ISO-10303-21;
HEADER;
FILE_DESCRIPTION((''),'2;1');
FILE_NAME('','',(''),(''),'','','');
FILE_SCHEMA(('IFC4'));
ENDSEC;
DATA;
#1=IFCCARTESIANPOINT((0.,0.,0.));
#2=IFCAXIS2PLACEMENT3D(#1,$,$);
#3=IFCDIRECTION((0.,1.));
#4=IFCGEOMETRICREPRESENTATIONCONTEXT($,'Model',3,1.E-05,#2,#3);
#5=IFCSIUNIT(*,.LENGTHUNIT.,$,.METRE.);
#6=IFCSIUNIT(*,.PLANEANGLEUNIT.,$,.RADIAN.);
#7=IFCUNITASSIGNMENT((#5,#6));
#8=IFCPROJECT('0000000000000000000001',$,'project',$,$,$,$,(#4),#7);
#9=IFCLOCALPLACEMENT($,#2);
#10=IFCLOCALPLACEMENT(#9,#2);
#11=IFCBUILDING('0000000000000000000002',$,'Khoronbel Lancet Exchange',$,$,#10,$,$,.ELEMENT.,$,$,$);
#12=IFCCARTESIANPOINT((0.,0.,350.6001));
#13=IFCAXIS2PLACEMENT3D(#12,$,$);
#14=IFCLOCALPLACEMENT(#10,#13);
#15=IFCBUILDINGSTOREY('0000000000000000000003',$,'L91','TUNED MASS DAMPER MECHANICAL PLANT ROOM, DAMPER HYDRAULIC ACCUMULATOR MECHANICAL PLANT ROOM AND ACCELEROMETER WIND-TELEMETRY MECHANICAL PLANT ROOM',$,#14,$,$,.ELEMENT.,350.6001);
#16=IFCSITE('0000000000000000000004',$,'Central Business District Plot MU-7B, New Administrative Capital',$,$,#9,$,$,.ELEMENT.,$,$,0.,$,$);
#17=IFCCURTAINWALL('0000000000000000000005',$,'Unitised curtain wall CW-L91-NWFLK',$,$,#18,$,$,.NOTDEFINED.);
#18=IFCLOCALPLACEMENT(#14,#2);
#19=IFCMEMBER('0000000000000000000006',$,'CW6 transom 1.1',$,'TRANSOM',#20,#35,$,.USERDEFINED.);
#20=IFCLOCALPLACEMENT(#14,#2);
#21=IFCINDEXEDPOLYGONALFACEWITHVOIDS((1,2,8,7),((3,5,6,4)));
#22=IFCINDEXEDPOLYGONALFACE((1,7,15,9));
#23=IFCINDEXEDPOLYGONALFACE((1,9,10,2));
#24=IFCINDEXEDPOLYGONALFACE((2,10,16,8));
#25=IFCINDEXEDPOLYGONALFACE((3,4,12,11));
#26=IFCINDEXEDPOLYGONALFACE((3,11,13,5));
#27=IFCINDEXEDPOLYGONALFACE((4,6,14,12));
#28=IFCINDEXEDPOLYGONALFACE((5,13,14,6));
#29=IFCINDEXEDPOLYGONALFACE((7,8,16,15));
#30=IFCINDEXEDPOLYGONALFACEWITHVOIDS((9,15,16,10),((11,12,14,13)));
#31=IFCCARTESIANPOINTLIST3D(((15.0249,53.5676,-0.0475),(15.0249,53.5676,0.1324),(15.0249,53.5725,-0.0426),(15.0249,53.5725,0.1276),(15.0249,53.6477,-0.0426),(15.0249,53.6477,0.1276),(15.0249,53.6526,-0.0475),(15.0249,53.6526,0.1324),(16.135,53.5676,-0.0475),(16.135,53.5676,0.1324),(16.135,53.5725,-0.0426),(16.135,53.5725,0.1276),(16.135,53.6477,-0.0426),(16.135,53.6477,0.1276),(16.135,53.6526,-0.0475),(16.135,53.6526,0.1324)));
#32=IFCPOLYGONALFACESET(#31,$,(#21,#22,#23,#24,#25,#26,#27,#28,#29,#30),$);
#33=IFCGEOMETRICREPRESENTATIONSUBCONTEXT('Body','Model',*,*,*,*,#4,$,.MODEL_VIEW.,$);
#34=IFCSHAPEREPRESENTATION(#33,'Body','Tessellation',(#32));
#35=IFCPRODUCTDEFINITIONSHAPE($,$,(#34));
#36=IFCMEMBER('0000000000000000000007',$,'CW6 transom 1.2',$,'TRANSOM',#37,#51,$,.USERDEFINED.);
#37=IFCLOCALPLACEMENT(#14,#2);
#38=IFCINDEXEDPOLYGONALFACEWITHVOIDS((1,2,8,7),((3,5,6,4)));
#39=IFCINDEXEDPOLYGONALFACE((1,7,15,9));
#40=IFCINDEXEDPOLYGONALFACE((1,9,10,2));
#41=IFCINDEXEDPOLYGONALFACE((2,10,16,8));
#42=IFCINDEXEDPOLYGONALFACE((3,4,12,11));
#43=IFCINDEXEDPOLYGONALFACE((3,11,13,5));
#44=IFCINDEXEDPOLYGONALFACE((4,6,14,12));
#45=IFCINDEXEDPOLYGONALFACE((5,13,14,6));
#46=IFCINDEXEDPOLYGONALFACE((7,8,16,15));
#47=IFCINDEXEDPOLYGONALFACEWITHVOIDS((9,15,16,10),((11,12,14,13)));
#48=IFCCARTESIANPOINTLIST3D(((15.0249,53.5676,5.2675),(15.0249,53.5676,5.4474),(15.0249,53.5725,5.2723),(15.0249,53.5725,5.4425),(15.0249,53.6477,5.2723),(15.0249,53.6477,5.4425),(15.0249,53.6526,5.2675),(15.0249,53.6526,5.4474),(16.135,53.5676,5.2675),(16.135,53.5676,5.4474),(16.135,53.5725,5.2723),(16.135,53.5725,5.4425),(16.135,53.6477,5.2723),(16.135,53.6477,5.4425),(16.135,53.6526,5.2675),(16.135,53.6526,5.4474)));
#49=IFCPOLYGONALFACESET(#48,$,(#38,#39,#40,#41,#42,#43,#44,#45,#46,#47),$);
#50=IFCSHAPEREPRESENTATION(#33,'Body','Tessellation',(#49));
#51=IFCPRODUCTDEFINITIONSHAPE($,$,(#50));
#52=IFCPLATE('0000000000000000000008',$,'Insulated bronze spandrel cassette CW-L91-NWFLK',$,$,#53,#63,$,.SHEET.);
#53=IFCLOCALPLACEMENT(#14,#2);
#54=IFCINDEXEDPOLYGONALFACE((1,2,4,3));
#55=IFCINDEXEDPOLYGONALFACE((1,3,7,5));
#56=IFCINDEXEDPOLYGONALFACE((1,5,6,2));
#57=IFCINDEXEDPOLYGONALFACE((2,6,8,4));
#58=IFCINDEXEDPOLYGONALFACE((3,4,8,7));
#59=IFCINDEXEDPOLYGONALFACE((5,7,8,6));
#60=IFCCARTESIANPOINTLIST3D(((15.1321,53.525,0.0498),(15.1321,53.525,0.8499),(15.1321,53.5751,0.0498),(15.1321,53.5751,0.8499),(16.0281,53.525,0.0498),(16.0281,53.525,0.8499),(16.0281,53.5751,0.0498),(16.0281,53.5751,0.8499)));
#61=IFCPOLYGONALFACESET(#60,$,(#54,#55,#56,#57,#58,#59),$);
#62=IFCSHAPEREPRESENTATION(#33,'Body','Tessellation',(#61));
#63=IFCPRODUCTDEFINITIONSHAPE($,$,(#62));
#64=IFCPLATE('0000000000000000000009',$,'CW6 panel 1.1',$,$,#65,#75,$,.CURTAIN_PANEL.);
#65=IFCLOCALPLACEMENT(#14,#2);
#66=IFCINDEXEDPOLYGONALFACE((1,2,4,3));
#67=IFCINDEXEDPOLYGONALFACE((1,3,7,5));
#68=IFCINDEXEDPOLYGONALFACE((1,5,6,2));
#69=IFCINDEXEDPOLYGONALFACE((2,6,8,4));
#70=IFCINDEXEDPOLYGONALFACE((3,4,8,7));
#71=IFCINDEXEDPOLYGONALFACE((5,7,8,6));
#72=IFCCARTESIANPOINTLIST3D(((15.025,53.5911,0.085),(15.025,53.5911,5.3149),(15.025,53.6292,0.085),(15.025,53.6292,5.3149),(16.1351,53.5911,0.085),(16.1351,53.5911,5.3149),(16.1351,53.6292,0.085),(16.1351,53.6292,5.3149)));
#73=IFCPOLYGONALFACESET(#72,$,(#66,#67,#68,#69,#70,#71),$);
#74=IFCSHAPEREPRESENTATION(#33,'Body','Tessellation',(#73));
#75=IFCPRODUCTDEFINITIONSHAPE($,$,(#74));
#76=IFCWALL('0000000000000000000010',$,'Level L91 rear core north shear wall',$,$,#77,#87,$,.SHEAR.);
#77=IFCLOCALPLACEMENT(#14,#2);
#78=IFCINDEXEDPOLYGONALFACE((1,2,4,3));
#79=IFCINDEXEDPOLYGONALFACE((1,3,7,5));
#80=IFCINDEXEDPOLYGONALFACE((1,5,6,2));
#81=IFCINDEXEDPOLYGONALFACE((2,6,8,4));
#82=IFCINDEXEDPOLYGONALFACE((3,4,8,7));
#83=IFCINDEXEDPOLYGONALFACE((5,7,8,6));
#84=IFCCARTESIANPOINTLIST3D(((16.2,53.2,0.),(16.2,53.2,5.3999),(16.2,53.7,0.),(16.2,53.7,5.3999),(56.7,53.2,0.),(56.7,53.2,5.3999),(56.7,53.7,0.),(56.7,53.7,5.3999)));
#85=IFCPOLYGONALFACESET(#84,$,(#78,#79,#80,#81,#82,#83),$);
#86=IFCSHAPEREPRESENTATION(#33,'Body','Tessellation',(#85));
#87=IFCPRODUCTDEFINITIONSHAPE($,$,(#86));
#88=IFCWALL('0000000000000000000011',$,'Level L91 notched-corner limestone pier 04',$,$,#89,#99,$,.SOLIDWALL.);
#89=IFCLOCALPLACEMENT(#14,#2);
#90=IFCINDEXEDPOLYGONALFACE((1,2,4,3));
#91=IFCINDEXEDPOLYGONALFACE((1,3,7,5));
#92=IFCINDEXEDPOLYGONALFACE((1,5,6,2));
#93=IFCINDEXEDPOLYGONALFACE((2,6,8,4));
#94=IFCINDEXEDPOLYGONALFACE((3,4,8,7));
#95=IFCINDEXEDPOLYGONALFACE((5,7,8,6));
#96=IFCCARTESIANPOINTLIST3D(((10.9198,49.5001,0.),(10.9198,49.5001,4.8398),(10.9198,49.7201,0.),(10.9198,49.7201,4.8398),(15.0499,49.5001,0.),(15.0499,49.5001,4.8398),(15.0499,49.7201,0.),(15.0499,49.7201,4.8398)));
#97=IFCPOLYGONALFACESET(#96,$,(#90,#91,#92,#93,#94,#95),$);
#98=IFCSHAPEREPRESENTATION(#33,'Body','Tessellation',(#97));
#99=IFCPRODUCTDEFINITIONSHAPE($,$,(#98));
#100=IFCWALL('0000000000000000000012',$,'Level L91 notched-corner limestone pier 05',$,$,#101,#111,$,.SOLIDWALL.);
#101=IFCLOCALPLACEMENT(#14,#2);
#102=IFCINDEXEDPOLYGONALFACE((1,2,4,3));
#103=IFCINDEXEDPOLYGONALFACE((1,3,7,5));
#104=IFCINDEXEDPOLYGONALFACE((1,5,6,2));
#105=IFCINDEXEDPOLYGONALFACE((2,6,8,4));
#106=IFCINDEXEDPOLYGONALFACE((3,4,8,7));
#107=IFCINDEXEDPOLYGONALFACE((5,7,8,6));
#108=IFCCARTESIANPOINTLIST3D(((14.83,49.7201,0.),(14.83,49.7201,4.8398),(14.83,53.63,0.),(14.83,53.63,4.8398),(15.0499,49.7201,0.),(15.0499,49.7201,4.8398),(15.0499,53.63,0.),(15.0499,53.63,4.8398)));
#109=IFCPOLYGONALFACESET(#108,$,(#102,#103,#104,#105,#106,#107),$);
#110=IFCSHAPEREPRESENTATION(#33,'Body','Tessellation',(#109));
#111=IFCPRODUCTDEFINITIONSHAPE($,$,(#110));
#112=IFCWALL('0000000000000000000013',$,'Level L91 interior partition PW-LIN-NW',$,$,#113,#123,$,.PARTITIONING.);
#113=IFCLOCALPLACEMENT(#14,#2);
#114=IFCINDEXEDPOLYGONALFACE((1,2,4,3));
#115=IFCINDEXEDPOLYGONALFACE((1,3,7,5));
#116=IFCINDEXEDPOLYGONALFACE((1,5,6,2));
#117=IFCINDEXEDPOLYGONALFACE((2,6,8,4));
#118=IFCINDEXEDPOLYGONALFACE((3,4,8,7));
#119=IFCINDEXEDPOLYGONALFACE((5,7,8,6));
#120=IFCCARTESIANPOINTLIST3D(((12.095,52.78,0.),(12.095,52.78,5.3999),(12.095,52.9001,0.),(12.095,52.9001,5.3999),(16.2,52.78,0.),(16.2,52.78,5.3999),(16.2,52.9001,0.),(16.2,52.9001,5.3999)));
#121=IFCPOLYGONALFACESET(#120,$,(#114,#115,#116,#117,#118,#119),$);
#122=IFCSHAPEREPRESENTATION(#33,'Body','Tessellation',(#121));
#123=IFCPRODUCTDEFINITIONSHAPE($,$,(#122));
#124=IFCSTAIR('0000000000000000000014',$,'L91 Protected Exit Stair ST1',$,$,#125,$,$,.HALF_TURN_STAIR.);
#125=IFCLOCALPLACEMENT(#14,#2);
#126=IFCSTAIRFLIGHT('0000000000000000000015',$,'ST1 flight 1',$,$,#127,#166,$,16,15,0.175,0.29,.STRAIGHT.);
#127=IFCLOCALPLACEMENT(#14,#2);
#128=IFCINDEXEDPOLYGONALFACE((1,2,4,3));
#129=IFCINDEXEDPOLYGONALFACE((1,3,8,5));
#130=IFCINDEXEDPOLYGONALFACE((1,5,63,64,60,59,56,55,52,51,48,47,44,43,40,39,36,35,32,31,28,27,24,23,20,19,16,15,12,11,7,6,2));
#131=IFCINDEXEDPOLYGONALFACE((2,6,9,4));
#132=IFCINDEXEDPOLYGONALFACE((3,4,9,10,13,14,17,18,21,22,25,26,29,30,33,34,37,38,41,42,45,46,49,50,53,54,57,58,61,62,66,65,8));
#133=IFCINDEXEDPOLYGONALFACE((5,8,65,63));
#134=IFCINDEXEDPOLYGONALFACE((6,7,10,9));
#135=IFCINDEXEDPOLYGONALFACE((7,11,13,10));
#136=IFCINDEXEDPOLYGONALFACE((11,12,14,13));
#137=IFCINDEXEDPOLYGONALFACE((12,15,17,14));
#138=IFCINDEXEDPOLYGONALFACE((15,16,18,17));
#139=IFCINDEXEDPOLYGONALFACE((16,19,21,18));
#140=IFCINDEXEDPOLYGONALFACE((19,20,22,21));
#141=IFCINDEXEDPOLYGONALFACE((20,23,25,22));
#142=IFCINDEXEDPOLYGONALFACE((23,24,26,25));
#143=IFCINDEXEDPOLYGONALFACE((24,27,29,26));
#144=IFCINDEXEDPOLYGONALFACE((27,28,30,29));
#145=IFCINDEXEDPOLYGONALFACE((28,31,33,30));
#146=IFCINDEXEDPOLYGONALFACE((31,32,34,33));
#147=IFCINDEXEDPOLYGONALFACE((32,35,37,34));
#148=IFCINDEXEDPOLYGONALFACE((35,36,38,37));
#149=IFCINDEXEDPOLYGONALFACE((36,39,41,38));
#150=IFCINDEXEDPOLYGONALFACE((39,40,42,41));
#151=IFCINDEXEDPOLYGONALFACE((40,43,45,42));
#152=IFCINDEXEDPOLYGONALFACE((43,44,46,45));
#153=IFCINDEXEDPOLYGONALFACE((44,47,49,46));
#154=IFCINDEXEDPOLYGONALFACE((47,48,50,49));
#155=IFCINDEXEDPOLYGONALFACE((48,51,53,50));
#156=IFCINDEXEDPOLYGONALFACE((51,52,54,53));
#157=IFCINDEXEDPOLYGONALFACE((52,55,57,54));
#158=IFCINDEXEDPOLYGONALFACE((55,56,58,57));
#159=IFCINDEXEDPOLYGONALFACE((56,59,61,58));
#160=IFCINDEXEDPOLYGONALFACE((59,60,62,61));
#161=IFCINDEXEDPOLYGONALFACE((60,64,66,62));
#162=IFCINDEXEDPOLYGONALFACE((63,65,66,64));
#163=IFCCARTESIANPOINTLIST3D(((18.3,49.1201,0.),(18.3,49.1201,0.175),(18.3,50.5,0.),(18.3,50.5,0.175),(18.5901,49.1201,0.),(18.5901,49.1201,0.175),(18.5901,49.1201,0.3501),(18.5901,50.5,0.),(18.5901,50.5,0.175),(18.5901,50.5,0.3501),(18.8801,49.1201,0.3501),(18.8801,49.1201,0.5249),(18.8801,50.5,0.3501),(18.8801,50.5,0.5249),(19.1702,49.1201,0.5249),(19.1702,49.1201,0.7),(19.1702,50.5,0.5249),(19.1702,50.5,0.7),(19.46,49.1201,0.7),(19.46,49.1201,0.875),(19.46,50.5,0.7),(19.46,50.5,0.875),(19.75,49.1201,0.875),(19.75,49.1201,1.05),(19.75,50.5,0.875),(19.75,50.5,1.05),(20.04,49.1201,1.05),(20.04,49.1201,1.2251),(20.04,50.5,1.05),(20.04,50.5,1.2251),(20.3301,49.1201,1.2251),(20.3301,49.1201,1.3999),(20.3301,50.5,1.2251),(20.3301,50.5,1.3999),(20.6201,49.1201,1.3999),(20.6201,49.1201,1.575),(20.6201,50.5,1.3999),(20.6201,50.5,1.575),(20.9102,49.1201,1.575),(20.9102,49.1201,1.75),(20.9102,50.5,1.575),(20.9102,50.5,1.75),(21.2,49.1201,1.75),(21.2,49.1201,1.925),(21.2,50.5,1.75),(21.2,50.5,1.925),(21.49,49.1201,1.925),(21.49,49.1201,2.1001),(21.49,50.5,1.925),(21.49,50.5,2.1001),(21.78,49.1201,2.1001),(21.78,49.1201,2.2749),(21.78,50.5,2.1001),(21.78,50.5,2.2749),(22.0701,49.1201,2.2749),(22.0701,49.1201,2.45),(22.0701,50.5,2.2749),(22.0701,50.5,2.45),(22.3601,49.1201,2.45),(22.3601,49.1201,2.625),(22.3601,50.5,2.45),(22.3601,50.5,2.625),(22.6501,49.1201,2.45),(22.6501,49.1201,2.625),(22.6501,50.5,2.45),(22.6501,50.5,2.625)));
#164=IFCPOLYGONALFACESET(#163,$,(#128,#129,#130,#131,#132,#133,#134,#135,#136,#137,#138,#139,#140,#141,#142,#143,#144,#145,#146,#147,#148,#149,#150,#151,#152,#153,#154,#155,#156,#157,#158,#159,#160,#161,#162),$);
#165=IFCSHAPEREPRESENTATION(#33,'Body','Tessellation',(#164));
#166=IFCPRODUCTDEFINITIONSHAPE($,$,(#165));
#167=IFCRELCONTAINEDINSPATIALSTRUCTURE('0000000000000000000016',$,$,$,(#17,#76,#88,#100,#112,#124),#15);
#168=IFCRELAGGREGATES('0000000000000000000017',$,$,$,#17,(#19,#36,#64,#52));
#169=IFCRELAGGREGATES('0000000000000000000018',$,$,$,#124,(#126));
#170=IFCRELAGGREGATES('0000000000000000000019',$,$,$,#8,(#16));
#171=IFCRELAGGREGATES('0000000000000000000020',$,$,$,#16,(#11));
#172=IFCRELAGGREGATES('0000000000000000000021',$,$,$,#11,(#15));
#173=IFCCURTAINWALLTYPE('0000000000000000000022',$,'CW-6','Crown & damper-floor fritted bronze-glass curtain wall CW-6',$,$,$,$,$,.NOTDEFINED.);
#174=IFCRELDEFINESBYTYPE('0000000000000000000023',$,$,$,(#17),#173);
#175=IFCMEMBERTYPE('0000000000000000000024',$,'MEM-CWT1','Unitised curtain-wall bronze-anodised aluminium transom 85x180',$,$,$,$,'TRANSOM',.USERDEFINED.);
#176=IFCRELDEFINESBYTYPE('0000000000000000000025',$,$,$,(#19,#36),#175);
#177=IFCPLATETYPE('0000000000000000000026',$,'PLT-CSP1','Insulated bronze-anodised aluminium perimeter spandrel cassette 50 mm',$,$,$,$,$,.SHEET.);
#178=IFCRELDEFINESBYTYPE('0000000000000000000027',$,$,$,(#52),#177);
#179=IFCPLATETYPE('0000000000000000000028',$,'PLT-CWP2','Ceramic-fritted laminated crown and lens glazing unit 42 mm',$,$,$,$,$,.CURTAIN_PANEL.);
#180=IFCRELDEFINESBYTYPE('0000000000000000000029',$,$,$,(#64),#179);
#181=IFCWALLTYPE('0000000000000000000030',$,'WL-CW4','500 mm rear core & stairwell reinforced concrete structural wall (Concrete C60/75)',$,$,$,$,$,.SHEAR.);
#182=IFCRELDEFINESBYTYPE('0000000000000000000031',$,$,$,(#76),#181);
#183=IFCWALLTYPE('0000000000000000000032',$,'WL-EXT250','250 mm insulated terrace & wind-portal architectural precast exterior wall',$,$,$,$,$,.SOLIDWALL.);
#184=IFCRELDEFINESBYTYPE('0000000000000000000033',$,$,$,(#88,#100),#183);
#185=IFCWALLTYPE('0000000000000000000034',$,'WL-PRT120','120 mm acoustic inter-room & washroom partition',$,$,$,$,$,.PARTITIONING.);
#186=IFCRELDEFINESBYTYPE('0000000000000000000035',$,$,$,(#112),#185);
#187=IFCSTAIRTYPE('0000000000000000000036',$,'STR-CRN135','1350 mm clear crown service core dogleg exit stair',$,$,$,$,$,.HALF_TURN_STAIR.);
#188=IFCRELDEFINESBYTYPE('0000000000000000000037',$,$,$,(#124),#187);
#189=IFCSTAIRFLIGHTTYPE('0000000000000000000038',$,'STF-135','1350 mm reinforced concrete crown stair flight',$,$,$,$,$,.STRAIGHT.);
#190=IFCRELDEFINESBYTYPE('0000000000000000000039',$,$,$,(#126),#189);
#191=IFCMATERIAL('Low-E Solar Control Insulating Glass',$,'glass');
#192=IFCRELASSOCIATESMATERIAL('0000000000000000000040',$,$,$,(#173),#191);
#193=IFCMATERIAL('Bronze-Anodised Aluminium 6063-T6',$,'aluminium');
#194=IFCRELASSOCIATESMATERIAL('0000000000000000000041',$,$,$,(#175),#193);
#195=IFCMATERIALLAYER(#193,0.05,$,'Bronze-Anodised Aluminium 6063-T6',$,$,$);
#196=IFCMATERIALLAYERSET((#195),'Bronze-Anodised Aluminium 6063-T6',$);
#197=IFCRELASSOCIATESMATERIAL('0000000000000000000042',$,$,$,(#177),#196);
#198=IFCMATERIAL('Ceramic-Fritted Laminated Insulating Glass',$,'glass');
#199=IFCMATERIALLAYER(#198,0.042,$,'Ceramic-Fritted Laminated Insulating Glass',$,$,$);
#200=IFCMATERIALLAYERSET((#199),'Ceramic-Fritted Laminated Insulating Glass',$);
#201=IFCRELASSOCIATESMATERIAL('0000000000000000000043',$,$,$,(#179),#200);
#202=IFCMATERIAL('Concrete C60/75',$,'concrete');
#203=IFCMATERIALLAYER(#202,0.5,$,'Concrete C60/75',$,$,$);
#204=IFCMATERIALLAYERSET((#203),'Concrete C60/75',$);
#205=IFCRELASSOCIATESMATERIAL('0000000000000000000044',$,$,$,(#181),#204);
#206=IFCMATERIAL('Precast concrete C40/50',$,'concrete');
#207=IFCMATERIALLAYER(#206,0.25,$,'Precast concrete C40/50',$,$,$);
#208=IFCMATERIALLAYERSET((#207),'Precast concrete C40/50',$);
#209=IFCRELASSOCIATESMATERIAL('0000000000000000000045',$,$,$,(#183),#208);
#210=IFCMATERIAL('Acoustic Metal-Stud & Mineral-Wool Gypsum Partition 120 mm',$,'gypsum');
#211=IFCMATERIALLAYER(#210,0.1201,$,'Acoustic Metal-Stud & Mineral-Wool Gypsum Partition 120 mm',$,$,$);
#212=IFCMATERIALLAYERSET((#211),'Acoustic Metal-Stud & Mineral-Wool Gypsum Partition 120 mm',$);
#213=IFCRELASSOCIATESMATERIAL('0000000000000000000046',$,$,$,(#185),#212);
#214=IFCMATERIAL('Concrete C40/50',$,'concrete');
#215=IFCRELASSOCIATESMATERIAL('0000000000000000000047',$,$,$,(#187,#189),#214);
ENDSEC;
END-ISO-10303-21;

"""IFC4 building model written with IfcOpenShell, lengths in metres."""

from ifc_helpers import new_model, si_unit, direction, frame, frame_2d, origin, origin_2d, place, context, subcontext, project, spatial, polyline, rectangle, hollow_rectangle, outline, extrude, material, layer, layer_set, material_profile, profile_set, type_object, element, aggregate, save


model = new_model("IFC4")

# Units and contexts
model_context = context("Model", 3, precision=1e-05, world=origin(), true_north=direction((0.0, 1.0)))
body_context = subcontext(model_context, "Body", "Model", "MODEL_VIEW")
ifc_project = project(units=[si_unit("LENGTHUNIT", "METRE"), si_unit("PLANEANGLEUNIT", "RADIAN")], contexts=[model_context])

# Site, building, storey
site_placement = place(None, origin())
site = spatial("IfcSite", under=ifc_project, at=site_placement, Name="Central Business District Plot MU-7B, New Administrative Capital", CompositionType="ELEMENT", RefElevation=0.0)
building_placement = place(site_placement, origin())
building = spatial("IfcBuilding", under=site, at=building_placement, Name="Khoronbel Lancet Exchange", CompositionType="ELEMENT")
storey_placement = place(building_placement, frame((0.0, 0.0, 350.6001)))
storey = spatial("IfcBuildingStorey", under=building, at=storey_placement, Name="L91", Description="TUNED MASS DAMPER MECHANICAL PLANT ROOM, DAMPER HYDRAULIC ACCUMULATOR MECHANICAL PLANT ROOM AND ACCELEROMETER WIND-TELEMETRY MECHANICAL PLANT ROOM", CompositionType="ELEMENT", Elevation=350.6001)

# Curtain wall
ifc_material_1 = material(Name="Low-E Solar Control Insulating Glass", Category="glass")
curtain_wall_type = type_object("IfcCurtainWallType", Name="CW-6", Description="Crown & damper-floor fritted bronze-glass curtain wall CW-6", PredefinedType="NOTDEFINED", material=ifc_material_1)
curtain_wall_1_placement = place(storey_placement, origin())
curtain_wall_1 = element("IfcCurtainWall", 1, at=curtain_wall_1_placement, inside=storey, type_object=curtain_wall_type, Name="Unitised curtain wall CW-L91-NWFLK", PredefinedType="NOTDEFINED")
ifc_material_2 = material(Name="Bronze-Anodised Aluminium 6063-T6", Category="aluminium")

# Members
ifc_material_profile_1 = material_profile(ifc_material_2, hollow_rectangle(XDim=0.085, YDim=0.1799, WallThickness=0.0049, at=origin_2d()), Name="ALU TRANSOM 85x180")
ifc_profile_set_1 = profile_set([ifc_material_profile_1], Name="Bronze-Anodised Aluminium 6063-T6")
member_type_1 = type_object("IfcMemberType", Name="MEM-CWT1", Description="Unitised curtain-wall bronze-anodised aluminium transom 85x180", ElementType="TRANSOM", PredefinedType="USERDEFINED", material=ifc_profile_set_1)
member_1_placement = place(storey_placement, frame((16.135, 53.6101, 0.0425), z_axis=(-1.0, 0.0, 0.0), x_axis=(0.0, -1.0, 0.0)))
member_1 = element("IfcMember", 2, at=member_1_placement, type_object=member_type_1, Name="CW6 transom 1.1", ObjectType="TRANSOM", PredefinedType="USERDEFINED", context=body_context, shape_type="SweptSolid", body=[
    extrude(hollow_rectangle(XDim=0.085, YDim=0.1799, WallThickness=0.0049, at=origin_2d()), origin(), (0.0, 0.0, 1.0), 1.1101),
])
member_2_placement = place(storey_placement, frame((16.135, 53.6101, 5.3574), z_axis=(-1.0, 0.0, 0.0), x_axis=(0.0, -1.0, 0.0)))
member_2 = element("IfcMember", 3, at=member_2_placement, type_object=member_type_1, Name="CW6 transom 1.2", ObjectType="TRANSOM", PredefinedType="USERDEFINED", context=body_context, shape_type="SweptSolid", body=[
    extrude(hollow_rectangle(XDim=0.085, YDim=0.1799, WallThickness=0.0049, at=origin_2d()), origin(), (0.0, 0.0, 1.0), 1.1101),
])

# Plates
ifc_layer_1 = layer(ifc_material_2, 0.05, Name="Bronze-Anodised Aluminium 6063-T6")
ifc_layer_set_1 = layer_set([ifc_layer_1], Name="Bronze-Anodised Aluminium 6063-T6")
plate_type_1 = type_object("IfcPlateType", Name="PLT-CSP1", Description="Insulated bronze-anodised aluminium perimeter spandrel cassette 50 mm", PredefinedType="SHEET", material=ifc_layer_set_1)
plate_1_placement = place(storey_placement, frame((15.5801, 53.55, 0.0498), z_axis=(0.0, 0.0, 1.0), x_axis=(-1.0, 0.0, 0.0)))
plate_1 = element("IfcPlate", 4, at=plate_1_placement, type_object=plate_type_1, Name="Insulated bronze spandrel cassette CW-L91-NWFLK", PredefinedType="SHEET", context=body_context, shape_type="SweptSolid", body=[
    extrude(rectangle(XDim=0.896, YDim=0.05, at=origin_2d()), origin(), (0.0, 0.0, 1.0), 0.8),
])
ifc_material_3 = material(Name="Ceramic-Fritted Laminated Insulating Glass", Category="glass")
ifc_layer_2 = layer(ifc_material_3, 0.042, Name="Ceramic-Fritted Laminated Insulating Glass")
ifc_layer_set_2 = layer_set([ifc_layer_2], Name="Ceramic-Fritted Laminated Insulating Glass")
plate_type_2 = type_object("IfcPlateType", Name="PLT-CWP2", Description="Ceramic-fritted laminated crown and lens glazing unit 42 mm", PredefinedType="CURTAIN_PANEL", material=ifc_layer_set_2)
plate_2_placement = place(storey_placement, frame((15.5801, 53.6101, 0.085), z_axis=(0.0, 0.0, 1.0), x_axis=(-1.0, 0.0, 0.0)))
plate_2 = element("IfcPlate", 5, at=plate_2_placement, type_object=plate_type_2, Name="CW6 panel 1.1", PredefinedType="CURTAIN_PANEL", context=body_context, shape_type="SweptSolid", body=[
    extrude(rectangle(XDim=1.1101, YDim=0.0381, at=origin_2d()), origin(), (0.0, 0.0, 1.0), 5.23),
])
aggregate(curtain_wall_1, [member_1, member_2, plate_2, plate_1])

# Walls
ifc_material_4 = material(Name="Concrete C60/75", Category="concrete")
ifc_layer_3 = layer(ifc_material_4, 0.5, Name="Concrete C60/75")
ifc_layer_set_3 = layer_set([ifc_layer_3], Name="Concrete C60/75")
wall_type_1 = type_object("IfcWallType", Name="WL-CW4", Description="500 mm rear core & stairwell reinforced concrete structural wall (Concrete C60/75)", PredefinedType="SHEAR", material=ifc_layer_set_3)
wall_1_placement = place(storey_placement, frame((16.2, 53.45, 0.0), z_axis=(0.0, 0.0, 1.0), x_axis=(1.0, 0.0, 0.0)))
element("IfcWall", 6, at=wall_1_placement, inside=storey, type_object=wall_type_1, Name="Level L91 rear core north shear wall", PredefinedType="SHEAR", context=body_context, shape_type="SweptSolid", body=[
    extrude(rectangle(XDim=40.5, YDim=0.5, at=frame_2d((20.25, 0.0))), origin(), (0.0, 0.0, 1.0), 5.3999),
])
ifc_material_5 = material(Name="Precast concrete C40/50", Category="concrete")
ifc_layer_4 = layer(ifc_material_5, 0.25, Name="Precast concrete C40/50")
ifc_layer_set_4 = layer_set([ifc_layer_4], Name="Precast concrete C40/50")
wall_type_2 = type_object("IfcWallType", Name="WL-EXT250", Description="250 mm insulated terrace & wind-portal architectural precast exterior wall", PredefinedType="SOLIDWALL", material=ifc_layer_set_4)
wall_2_placement = place(storey_placement, frame((10.9199, 49.6101, 0.0), z_axis=(0.0, 0.0, 1.0), x_axis=(1.0, 0.0, 0.0)))
element("IfcWall", 7, at=wall_2_placement, inside=storey, type_object=wall_type_2, Name="Level L91 notched-corner limestone pier 04", PredefinedType="SOLIDWALL", context=body_context, shape_type="SweptSolid", body=[
    extrude(rectangle(XDim=4.1301, YDim=0.22, at=frame_2d((2.0649, 0.0))), origin(), (0.0, 0.0, 1.0), 4.8398),
])
wall_3_placement = place(storey_placement, frame((14.9399, 49.72, 0.0), z_axis=(0.0, 0.0, 1.0), x_axis=(0.0, 1.0, 0.0)))
element("IfcWall", 8, at=wall_3_placement, inside=storey, type_object=wall_type_2, Name="Level L91 notched-corner limestone pier 05", PredefinedType="SOLIDWALL", context=body_context, shape_type="SweptSolid", body=[
    extrude(rectangle(XDim=3.9099, YDim=0.22, at=frame_2d((1.9551, 0.0))), origin(), (0.0, 0.0, 1.0), 4.8398),
])
ifc_material_6 = material(Name="Acoustic Metal-Stud & Mineral-Wool Gypsum Partition 120 mm", Category="gypsum")
ifc_layer_5 = layer(ifc_material_6, 0.1201, Name="Acoustic Metal-Stud & Mineral-Wool Gypsum Partition 120 mm")
ifc_layer_set_5 = layer_set([ifc_layer_5], Name="Acoustic Metal-Stud & Mineral-Wool Gypsum Partition 120 mm")
wall_type_3 = type_object("IfcWallType", Name="WL-PRT120", Description="120 mm acoustic inter-room & washroom partition", PredefinedType="PARTITIONING", material=ifc_layer_set_5)
wall_4_placement = place(storey_placement, frame((12.095, 52.8401, 0.0), z_axis=(0.0, 0.0, 1.0), x_axis=(1.0, 0.0, 0.0)))
element("IfcWall", 9, at=wall_4_placement, inside=storey, type_object=wall_type_3, Name="Level L91 interior partition PW-LIN-NW", PredefinedType="PARTITIONING", context=body_context, shape_type="SweptSolid", body=[
    extrude(rectangle(XDim=4.105, YDim=0.1201, at=frame_2d((2.0525, 0.0))), origin(), (0.0, 0.0, 1.0), 5.3999),
])

# Stair, stair flight
ifc_material_7 = material(Name="Concrete C40/50", Category="concrete")
stair_type = type_object("IfcStairType", Name="STR-CRN135", Description="1350 mm clear crown service core dogleg exit stair", PredefinedType="HALF_TURN_STAIR", material=ifc_material_7)
stair_placement = place(storey_placement, origin())
stair = element("IfcStair", 10, at=stair_placement, inside=storey, type_object=stair_type, Name="L91 Protected Exit Stair ST1", PredefinedType="HALF_TURN_STAIR")
stair_flight_type = type_object("IfcStairFlightType", Name="STF-135", Description="1350 mm reinforced concrete crown stair flight", PredefinedType="STRAIGHT", material=ifc_material_7)
stair_flight_placement = place(storey_placement, frame((18.3, 49.8101, 0.0), z_axis=(0.0, 0.0, 1.0), x_axis=(1.0, 0.0, 0.0)))
stair_flight = element("IfcStairFlight", 11, at=stair_flight_placement, type_object=stair_flight_type, Name="ST1 flight 1", NumberOfRisers=16, NumberOfTreads=15, PredefinedType="STRAIGHT", RiserHeight=0.175, TreadLength=0.29, context=body_context, shape_type="SweptSolid", body=[
    extrude(outline(polyline([(0.0, 0.0), (0.0, 0.175), (0.29, 0.175), (0.29, 0.3501), (0.5801, 0.3501), (0.5801, 0.5249), (0.8701, 0.5249), (0.8701, 0.7), (1.1599, 0.7), (1.1599, 0.875), (1.45, 0.875), (1.45, 1.05), (1.74, 1.05), (1.74, 1.2251), (2.03, 1.2251), (2.03, 1.3999), (2.3201, 1.3999), (2.3201, 1.575), (2.6101, 1.575), (2.6101, 1.75), (2.8999, 1.75), (2.8999, 1.925), (3.1899, 1.925), (3.1899, 2.1001), (3.48, 2.1001), (3.48, 2.2749), (3.77, 2.2749), (3.77, 2.45), (4.0601, 2.45), (4.0601, 2.625), (4.3501, 2.625), (4.3501, 2.8), (4.3501, 2.45), (0.29, 0.0), (0.0, 0.0)])), frame((0.0, 0.6899, 0.0), z_axis=(0.0, -1.0, 0.0), x_axis=(1.0, 0.0, 0.0)), (0.0, 0.0, 1.0), 1.3799),
])
aggregate(stair, [stair_flight])

save(model, "model.ifc")
